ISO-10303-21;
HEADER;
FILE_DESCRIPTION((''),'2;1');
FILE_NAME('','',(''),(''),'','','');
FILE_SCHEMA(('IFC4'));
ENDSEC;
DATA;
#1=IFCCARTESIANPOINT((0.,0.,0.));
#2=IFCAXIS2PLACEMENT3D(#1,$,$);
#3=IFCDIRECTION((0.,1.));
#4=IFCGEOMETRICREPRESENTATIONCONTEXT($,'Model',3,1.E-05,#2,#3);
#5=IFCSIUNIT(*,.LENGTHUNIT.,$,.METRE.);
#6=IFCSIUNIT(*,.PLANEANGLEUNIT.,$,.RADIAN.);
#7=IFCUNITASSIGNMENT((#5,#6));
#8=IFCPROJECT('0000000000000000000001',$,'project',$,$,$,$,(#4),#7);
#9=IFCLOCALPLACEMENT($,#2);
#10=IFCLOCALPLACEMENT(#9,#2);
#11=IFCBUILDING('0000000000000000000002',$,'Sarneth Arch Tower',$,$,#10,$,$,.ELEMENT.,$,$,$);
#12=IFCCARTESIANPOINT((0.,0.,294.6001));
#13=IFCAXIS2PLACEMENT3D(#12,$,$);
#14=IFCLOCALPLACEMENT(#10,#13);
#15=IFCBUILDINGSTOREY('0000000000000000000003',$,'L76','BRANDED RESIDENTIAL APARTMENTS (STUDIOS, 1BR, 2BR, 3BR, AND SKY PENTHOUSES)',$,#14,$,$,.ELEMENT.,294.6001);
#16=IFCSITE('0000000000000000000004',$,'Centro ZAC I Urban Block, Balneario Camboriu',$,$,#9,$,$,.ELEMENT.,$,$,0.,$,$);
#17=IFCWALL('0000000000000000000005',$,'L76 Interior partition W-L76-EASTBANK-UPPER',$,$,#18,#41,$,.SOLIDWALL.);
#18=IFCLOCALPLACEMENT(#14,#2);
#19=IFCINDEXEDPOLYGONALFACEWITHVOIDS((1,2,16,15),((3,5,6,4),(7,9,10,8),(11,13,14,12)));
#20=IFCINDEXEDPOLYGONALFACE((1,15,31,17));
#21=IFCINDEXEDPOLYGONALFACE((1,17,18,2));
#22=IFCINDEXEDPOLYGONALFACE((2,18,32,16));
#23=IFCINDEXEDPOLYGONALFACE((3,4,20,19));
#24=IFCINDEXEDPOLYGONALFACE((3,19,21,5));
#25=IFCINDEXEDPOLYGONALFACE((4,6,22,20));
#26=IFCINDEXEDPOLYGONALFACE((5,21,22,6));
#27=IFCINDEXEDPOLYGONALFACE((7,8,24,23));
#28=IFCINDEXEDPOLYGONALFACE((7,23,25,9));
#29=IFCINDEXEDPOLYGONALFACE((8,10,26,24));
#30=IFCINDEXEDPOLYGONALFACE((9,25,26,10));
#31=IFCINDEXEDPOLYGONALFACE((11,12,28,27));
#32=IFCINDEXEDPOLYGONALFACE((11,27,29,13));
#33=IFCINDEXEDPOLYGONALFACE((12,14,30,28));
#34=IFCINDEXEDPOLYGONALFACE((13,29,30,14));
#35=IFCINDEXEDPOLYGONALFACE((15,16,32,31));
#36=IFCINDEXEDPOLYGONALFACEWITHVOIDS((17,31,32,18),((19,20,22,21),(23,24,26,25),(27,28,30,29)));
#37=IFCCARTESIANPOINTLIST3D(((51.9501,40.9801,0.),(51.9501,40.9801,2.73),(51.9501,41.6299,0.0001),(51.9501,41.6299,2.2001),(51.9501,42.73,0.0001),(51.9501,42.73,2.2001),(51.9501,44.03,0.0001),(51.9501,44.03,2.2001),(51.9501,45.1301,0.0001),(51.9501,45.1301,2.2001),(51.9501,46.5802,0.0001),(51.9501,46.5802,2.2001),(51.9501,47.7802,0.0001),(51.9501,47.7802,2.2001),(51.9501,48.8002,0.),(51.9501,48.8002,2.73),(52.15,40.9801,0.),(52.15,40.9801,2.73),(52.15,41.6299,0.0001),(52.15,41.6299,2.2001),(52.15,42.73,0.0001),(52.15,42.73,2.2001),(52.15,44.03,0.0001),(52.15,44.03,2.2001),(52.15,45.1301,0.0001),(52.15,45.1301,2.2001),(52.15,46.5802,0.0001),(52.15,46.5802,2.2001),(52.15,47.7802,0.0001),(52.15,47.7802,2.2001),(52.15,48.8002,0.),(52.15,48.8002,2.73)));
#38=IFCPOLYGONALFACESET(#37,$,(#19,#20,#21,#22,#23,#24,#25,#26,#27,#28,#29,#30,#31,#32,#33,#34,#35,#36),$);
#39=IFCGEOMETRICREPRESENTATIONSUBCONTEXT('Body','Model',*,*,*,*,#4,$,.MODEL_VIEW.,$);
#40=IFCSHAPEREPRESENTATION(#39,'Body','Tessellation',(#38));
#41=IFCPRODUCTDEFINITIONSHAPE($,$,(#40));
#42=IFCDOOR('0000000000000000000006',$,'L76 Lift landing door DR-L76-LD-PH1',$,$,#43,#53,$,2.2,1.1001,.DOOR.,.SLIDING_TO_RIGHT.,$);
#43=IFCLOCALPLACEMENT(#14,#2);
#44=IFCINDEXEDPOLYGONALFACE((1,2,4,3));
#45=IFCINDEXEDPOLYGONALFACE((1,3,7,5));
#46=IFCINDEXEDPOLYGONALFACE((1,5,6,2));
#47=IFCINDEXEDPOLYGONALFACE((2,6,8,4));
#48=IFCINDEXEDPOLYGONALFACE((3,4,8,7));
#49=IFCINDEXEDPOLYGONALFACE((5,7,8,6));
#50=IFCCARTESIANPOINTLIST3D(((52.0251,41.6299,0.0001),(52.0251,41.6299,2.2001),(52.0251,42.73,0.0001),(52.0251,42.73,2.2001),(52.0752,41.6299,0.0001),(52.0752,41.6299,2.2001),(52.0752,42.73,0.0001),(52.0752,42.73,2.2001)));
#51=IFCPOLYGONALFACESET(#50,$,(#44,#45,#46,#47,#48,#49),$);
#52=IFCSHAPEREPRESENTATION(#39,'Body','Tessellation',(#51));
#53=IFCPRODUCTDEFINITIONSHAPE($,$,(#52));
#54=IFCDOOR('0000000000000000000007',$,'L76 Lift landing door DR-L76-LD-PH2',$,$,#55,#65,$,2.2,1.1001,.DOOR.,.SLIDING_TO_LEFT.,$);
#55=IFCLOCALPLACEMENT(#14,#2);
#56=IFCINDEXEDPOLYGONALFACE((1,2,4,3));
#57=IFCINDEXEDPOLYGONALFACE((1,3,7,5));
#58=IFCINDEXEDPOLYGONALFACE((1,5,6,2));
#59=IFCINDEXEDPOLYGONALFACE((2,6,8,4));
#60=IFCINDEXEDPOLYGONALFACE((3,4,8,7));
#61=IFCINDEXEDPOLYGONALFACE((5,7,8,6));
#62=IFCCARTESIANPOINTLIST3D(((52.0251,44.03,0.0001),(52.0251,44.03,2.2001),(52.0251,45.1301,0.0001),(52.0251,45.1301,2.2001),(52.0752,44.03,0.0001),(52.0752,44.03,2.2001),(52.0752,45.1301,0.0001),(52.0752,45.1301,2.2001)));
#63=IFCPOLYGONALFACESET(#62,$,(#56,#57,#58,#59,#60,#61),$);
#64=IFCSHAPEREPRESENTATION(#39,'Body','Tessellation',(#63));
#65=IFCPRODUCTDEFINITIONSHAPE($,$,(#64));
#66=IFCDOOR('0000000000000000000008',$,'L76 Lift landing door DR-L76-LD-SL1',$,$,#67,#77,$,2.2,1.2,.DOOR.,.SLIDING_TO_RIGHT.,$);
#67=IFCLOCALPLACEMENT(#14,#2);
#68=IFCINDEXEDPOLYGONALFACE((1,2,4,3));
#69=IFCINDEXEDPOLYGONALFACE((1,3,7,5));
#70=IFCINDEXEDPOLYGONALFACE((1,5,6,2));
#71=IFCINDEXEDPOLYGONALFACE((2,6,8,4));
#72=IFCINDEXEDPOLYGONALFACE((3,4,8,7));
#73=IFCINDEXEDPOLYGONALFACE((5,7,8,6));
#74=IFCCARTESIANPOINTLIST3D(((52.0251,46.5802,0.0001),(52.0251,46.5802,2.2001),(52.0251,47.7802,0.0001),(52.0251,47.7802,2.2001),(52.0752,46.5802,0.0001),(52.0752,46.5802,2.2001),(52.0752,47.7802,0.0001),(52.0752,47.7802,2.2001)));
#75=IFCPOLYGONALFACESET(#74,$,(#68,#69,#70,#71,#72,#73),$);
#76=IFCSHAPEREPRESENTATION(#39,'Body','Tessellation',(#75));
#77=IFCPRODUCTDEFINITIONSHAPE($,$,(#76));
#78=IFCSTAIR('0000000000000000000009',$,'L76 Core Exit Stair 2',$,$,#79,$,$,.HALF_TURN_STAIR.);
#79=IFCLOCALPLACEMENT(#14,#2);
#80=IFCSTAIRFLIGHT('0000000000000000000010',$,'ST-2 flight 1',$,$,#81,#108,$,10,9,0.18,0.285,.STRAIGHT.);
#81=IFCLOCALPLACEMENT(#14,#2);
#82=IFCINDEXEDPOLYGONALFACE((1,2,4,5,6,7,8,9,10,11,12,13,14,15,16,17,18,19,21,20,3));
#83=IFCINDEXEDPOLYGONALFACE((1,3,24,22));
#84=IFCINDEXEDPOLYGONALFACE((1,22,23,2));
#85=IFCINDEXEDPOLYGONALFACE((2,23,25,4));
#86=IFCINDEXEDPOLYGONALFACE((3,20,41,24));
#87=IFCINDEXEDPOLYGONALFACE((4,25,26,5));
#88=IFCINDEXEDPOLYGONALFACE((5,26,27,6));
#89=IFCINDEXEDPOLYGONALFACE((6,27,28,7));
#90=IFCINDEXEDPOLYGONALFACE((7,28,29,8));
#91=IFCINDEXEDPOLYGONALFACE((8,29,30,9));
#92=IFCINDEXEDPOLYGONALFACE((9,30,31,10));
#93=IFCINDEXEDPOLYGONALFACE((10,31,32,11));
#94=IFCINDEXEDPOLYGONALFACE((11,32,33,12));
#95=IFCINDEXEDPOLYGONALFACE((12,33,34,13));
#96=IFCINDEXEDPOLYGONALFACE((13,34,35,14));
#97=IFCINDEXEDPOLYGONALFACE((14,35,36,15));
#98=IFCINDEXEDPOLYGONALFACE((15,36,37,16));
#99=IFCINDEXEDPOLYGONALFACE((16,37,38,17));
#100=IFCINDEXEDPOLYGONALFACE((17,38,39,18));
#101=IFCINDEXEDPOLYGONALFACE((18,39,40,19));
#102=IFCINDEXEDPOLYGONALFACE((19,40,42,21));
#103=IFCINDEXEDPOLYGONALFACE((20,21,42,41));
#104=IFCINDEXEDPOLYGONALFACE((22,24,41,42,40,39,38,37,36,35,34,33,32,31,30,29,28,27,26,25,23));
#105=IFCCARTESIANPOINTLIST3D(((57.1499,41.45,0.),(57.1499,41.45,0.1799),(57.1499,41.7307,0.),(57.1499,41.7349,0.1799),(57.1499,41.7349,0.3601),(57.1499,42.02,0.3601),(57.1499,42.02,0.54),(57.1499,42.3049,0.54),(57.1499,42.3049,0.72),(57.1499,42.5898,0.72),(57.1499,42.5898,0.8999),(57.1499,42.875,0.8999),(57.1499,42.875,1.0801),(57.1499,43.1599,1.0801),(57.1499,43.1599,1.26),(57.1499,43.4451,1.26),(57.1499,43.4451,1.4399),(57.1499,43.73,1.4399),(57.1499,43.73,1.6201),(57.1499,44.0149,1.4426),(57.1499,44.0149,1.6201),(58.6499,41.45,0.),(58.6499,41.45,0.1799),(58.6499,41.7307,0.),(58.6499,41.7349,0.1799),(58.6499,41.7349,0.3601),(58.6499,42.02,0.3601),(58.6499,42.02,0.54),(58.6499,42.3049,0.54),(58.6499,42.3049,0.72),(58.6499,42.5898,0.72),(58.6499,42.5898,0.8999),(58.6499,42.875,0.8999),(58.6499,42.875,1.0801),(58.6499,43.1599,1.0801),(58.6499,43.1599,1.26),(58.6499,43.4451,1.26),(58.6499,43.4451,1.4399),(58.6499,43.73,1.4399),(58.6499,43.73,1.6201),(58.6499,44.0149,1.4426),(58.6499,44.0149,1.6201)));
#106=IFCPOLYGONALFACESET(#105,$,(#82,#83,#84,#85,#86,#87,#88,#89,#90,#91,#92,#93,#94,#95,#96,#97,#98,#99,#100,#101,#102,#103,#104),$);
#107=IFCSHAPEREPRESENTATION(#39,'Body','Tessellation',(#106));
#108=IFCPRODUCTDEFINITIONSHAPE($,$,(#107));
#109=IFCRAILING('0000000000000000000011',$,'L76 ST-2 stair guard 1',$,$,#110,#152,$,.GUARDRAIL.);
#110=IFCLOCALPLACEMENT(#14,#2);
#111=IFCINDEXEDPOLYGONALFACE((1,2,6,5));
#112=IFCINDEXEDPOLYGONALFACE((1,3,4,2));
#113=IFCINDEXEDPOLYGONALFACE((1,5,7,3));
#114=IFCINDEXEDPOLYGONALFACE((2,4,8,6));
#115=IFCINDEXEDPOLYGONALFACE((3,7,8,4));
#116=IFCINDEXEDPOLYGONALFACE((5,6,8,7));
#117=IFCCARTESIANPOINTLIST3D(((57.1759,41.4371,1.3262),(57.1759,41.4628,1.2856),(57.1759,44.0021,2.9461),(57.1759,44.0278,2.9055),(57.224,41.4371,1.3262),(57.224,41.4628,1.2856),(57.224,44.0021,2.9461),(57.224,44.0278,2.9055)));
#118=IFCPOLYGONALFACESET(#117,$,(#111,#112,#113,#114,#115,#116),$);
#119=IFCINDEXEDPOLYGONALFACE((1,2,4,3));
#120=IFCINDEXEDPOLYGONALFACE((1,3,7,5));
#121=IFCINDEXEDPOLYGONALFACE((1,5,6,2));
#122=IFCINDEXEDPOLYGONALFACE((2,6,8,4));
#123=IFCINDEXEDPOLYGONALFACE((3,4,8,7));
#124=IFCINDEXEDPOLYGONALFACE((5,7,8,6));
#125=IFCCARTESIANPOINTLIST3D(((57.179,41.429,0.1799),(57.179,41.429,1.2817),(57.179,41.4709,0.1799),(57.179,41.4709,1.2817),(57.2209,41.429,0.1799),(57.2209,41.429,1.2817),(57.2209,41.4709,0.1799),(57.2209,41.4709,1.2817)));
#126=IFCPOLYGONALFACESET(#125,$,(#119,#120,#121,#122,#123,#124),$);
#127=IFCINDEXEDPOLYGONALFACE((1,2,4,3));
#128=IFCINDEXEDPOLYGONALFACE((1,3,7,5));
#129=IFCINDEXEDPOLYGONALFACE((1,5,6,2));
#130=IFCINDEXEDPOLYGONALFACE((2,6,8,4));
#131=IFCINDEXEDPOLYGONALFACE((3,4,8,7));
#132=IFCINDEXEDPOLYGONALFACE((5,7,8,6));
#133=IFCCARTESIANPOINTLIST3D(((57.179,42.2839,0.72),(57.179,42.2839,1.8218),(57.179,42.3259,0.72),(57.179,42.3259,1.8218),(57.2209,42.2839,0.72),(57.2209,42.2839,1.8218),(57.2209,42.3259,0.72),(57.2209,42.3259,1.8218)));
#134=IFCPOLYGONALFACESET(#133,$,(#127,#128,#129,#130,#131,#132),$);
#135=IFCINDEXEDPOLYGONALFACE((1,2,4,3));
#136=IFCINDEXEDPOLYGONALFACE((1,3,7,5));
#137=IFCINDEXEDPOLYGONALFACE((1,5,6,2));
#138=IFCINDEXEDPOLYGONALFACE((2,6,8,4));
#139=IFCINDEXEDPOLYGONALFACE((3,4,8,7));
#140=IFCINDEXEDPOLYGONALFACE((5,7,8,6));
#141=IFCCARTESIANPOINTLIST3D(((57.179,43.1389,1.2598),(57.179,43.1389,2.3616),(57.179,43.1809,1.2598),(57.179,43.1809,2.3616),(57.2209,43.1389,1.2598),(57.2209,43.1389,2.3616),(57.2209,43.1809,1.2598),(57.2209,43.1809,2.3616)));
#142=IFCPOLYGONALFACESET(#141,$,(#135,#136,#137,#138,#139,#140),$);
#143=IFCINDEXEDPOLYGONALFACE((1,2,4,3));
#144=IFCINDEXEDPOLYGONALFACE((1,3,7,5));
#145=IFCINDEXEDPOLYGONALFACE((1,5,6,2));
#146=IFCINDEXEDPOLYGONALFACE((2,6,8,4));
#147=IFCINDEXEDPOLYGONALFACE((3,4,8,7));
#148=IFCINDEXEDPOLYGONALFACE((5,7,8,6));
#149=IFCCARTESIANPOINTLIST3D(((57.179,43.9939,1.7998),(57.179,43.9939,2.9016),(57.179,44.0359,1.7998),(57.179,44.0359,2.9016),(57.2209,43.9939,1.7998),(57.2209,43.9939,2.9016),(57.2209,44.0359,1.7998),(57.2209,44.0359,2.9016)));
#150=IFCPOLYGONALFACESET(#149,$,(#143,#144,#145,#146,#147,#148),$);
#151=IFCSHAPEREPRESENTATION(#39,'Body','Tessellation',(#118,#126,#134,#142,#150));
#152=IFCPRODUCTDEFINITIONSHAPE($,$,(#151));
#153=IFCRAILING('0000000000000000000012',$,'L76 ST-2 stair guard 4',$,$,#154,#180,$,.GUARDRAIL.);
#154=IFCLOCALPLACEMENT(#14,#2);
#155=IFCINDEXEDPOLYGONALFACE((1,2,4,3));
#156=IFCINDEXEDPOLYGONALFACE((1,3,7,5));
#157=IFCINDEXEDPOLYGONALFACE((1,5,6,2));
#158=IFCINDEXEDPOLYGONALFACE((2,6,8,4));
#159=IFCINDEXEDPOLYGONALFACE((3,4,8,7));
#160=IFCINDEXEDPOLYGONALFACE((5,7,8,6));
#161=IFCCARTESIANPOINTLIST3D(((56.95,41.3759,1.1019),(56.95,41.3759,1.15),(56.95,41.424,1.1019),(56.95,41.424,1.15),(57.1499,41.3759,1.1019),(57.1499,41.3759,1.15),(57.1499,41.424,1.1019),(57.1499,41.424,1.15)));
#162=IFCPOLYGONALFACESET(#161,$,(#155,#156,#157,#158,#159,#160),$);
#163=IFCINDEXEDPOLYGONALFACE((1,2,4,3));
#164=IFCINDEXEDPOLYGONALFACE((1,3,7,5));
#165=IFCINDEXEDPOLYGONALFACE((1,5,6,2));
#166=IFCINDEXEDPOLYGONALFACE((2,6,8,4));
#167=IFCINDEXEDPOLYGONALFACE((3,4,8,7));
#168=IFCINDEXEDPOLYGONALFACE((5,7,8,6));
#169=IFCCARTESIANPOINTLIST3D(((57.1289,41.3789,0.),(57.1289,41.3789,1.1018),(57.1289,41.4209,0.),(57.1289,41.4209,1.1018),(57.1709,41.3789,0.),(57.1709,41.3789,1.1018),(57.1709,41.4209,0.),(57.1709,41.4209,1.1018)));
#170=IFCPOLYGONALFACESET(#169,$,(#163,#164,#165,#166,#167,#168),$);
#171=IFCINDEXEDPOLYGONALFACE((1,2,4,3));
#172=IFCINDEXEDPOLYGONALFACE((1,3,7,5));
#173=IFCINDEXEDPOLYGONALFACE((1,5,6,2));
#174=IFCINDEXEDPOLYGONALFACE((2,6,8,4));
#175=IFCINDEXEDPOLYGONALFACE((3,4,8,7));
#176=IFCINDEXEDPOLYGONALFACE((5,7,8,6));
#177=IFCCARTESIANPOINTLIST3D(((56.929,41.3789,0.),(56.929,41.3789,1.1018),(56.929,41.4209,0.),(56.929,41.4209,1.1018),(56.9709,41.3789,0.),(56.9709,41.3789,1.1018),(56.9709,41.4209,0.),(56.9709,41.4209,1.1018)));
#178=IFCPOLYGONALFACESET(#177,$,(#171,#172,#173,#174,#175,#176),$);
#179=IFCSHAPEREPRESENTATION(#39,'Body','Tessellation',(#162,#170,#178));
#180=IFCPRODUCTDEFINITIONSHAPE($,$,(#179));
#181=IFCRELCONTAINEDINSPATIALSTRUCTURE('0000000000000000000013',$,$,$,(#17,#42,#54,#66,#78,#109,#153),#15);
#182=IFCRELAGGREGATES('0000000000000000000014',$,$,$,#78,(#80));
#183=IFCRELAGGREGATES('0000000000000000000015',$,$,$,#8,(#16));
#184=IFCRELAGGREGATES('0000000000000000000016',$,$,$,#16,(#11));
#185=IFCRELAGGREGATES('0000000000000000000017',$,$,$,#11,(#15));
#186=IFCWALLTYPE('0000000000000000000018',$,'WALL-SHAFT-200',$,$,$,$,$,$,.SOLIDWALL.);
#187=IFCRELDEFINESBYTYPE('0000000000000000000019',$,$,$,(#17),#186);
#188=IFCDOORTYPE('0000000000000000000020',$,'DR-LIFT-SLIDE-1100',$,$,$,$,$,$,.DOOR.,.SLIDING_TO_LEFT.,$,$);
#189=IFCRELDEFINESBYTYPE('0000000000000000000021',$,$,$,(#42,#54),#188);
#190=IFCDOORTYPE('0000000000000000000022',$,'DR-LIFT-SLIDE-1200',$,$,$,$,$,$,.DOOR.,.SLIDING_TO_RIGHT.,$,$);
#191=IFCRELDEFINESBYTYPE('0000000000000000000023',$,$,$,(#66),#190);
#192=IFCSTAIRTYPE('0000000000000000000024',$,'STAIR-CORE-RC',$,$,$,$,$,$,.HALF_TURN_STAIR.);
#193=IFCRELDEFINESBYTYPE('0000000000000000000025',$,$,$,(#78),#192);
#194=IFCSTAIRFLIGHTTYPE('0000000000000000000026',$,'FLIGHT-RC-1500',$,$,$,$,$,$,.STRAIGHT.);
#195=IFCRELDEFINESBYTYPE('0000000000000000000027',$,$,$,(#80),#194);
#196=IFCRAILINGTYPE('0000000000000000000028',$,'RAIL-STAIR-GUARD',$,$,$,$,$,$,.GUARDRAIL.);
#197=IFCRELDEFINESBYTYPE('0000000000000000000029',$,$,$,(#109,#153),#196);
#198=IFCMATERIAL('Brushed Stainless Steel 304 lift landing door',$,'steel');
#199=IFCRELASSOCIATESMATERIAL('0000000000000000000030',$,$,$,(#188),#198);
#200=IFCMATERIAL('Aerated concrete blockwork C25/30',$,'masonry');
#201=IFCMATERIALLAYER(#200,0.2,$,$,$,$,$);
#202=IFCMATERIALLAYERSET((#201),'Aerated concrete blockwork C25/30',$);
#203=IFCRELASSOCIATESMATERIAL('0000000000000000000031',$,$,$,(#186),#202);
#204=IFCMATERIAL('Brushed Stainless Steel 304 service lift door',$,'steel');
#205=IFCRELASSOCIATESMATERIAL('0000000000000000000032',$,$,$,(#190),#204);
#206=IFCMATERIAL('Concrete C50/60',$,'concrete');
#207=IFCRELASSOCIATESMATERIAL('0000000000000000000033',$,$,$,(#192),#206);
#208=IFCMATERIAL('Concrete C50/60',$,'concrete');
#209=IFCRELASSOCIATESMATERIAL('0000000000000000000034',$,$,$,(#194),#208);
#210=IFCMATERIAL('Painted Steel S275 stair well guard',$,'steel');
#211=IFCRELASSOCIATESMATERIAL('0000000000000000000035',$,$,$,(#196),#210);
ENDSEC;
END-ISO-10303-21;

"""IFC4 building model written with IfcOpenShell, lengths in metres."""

from ifc_helpers import new_model, si_unit, direction, frame, frame_2d, origin, origin_2d, place, context, subcontext, project, spatial, polyline, rectangle, outline, extrude, material, layer, layer_set, type_object, element, fill, aggregate, save


model = new_model("IFC4")

# Units and contexts
model_context = context("Model", 3, precision=1e-05, world=origin(), true_north=direction((0.0, 1.0)))
body_context = subcontext(model_context, "Body", "Model", "MODEL_VIEW")
ifc_project = project(units=[si_unit("LENGTHUNIT", "METRE"), si_unit("PLANEANGLEUNIT", "RADIAN")], contexts=[model_context])

# Site, building, storey
site_placement = place(None, origin())
site = spatial("IfcSite", under=ifc_project, at=site_placement, Name="Centro ZAC I Urban Block, Balneario Camboriu", CompositionType="ELEMENT", RefElevation=0.0)
building_placement = place(site_placement, origin())
building = spatial("IfcBuilding", under=site, at=building_placement, Name="Sarneth Arch Tower", CompositionType="ELEMENT")
storey_placement = place(building_placement, frame((0.0, 0.0, 294.6001)))
storey = spatial("IfcBuildingStorey", under=building, at=storey_placement, Name="L76", Description="BRANDED RESIDENTIAL APARTMENTS (STUDIOS, 1BR, 2BR, 3BR, AND SKY PENTHOUSES)", CompositionType="ELEMENT", Elevation=294.6001)

# Shared definitions
ifc_material_1 = material(Name="Brushed Stainless Steel 304 lift landing door", Category="steel")
door_type_1 = type_object("IfcDoorType", Name="DR-LIFT-SLIDE-1100", OperationType="SLIDING_TO_LEFT", PredefinedType="DOOR", material=ifc_material_1)

# Shared definitions
ifc_material_2 = material(Name="Aerated concrete blockwork C25/30", Category="masonry")
ifc_layer_1 = layer(ifc_material_2, 0.2)
ifc_layer_set_1 = layer_set([ifc_layer_1], Name="Aerated concrete blockwork C25/30")
wall_type_1 = type_object("IfcWallType", Name="WALL-SHAFT-200", PredefinedType="SOLIDWALL", material=ifc_layer_set_1)

# Wall, openings, doors
wall_1_placement = place(storey_placement, frame((52.05, 40.98, 0.0), z_axis=(0.0, 0.0, 1.0), x_axis=(0.0, 1.0, 0.0)))
wall_1 = element("IfcWall", 1, at=wall_1_placement, inside=storey, type_object=wall_type_1, Name="L76 Interior partition W-L76-EASTBANK-UPPER", PredefinedType="SOLIDWALL", context=body_context, shape_type="SweptSolid", body=[
    extrude(rectangle(XDim=7.8201, YDim=0.2, at=frame_2d((3.9102, 0.0))), origin(), (0.0, 0.0, 1.0), 2.73),
])
opening_1_placement = place(wall_1_placement, frame((0.6499, 0.0, 0.0)))
opening_1 = element("IfcOpeningElement", 2, at=opening_1_placement, cuts=wall_1, PredefinedType="OPENING", context=body_context, shape_type="SweptSolid", body=[
    extrude(rectangle(XDim=1.1001, YDim=2.2, at=frame_2d((0.55, 1.1001))), frame((0.0, 0.1099, 0.0), z_axis=(0.0, -1.0, 0.0), x_axis=(1.0, 0.0, 0.0)), (0.0, 0.0, 1.0), 0.22),
])
opening_2_placement = place(wall_1_placement, frame((3.05, 0.0, 0.0)))
opening_2 = element("IfcOpeningElement", 3, at=opening_2_placement, cuts=wall_1, PredefinedType="OPENING", context=body_context, shape_type="SweptSolid", body=[
    extrude(rectangle(XDim=1.1001, YDim=2.2, at=frame_2d((0.55, 1.1001))), frame((0.0, 0.1099, 0.0), z_axis=(0.0, -1.0, 0.0), x_axis=(1.0, 0.0, 0.0)), (0.0, 0.0, 1.0), 0.22),
])
opening_3_placement = place(wall_1_placement, frame((5.6001, 0.0, 0.0)))
opening_3 = element("IfcOpeningElement", 4, at=opening_3_placement, cuts=wall_1, PredefinedType="OPENING", context=body_context, shape_type="SweptSolid", body=[
    extrude(rectangle(XDim=1.2, YDim=2.2, at=frame_2d((0.6001, 1.1001))), frame((0.0, 0.1099, 0.0), z_axis=(0.0, -1.0, 0.0), x_axis=(1.0, 0.0, 0.0)), (0.0, 0.0, 1.0), 0.22),
])
door_1_placement = place(opening_1_placement, origin())
door_1 = element("IfcDoor", 5, at=door_1_placement, inside=storey, type_object=door_type_1, Name="L76 Lift landing door DR-L76-LD-PH1", OperationType="SLIDING_TO_RIGHT", OverallHeight=2.2, OverallWidth=1.1001, PredefinedType="DOOR", context=body_context, shape_type="SweptSolid", body=[
    extrude(rectangle(XDim=1.1001, YDim=2.2, at=frame_2d((0.55, 1.1001))), frame((0.0, 0.0249, 0.0), z_axis=(0.0, -1.0, 0.0), x_axis=(1.0, 0.0, 0.0)), (0.0, 0.0, 1.0), 0.05),
])
fill(opening_1, door_1)
door_2_placement = place(opening_2_placement, origin())
door_2 = element("IfcDoor", 6, at=door_2_placement, inside=storey, type_object=door_type_1, Name="L76 Lift landing door DR-L76-LD-PH2", OperationType="SLIDING_TO_LEFT", OverallHeight=2.2, OverallWidth=1.1001, PredefinedType="DOOR", context=body_context, shape_type="SweptSolid", body=[
    extrude(rectangle(XDim=1.1001, YDim=2.2, at=frame_2d((0.55, 1.1001))), frame((0.0, 0.0249, 0.0), z_axis=(0.0, -1.0, 0.0), x_axis=(1.0, 0.0, 0.0)), (0.0, 0.0, 1.0), 0.05),
])
fill(opening_2, door_2)
ifc_material_3 = material(Name="Brushed Stainless Steel 304 service lift door", Category="steel")
door_type_2 = type_object("IfcDoorType", Name="DR-LIFT-SLIDE-1200", OperationType="SLIDING_TO_RIGHT", PredefinedType="DOOR", material=ifc_material_3)
door_3_placement = place(opening_3_placement, origin())
door_3 = element("IfcDoor", 7, at=door_3_placement, inside=storey, type_object=door_type_2, Name="L76 Lift landing door DR-L76-LD-SL1", OperationType="SLIDING_TO_RIGHT", OverallHeight=2.2, OverallWidth=1.2, PredefinedType="DOOR", context=body_context, shape_type="SweptSolid", body=[
    extrude(rectangle(XDim=1.2, YDim=2.2, at=frame_2d((0.6001, 1.1001))), frame((0.0, 0.0249, 0.0), z_axis=(0.0, -1.0, 0.0), x_axis=(1.0, 0.0, 0.0)), (0.0, 0.0, 1.0), 0.05),
])
fill(opening_3, door_3)

# Stair, stair flight
ifc_material_4 = material(Name="Concrete C50/60", Category="concrete")
stair_type = type_object("IfcStairType", Name="STAIR-CORE-RC", PredefinedType="HALF_TURN_STAIR", material=ifc_material_4)
stair_placement = place(storey_placement, origin())
stair = element("IfcStair", 8, at=stair_placement, inside=storey, type_object=stair_type, Name="L76 Core Exit Stair 2", PredefinedType="HALF_TURN_STAIR")
ifc_material_5 = material(Name="Concrete C50/60", Category="concrete")
stair_flight_type = type_object("IfcStairFlightType", Name="FLIGHT-RC-1500", PredefinedType="STRAIGHT", material=ifc_material_5)
stair_flight_placement = place(storey_placement, frame((57.8999, 41.45, 0.0), z_axis=(0.0, 0.0, 1.0), x_axis=(0.0, 1.0, 0.0)))
stair_flight = element("IfcStairFlight", 9, at=stair_flight_placement, type_object=stair_flight_type, Name="ST-2 flight 1", NumberOfRisers=10, NumberOfTreads=9, PredefinedType="STRAIGHT", RiserHeight=0.18, TreadLength=0.285, context=body_context, shape_type="SweptSolid", body=[
    extrude(outline(polyline([(0.0, 0.0), (0.0, 0.1799), (0.2849, 0.1799), (0.2849, 0.3601), (0.5701, 0.3601), (0.5701, 0.54), (0.855, 0.54), (0.855, 0.72), (1.1399, 0.72), (1.1399, 0.8999), (1.425, 0.8999), (1.425, 1.0801), (1.71, 1.0801), (1.71, 1.26), (1.9951, 1.26), (1.9951, 1.4399), (2.28, 1.4399), (2.28, 1.6201), (2.5649, 1.6201), (2.5649, 1.8), (2.5649, 1.4426), (0.2808, 0.0), (0.0, 0.0)])), frame((0.0, 0.75, 0.0), z_axis=(0.0, -1.0, 0.0), x_axis=(1.0, 0.0, 0.0)), (0.0, 0.0, 1.0), 1.5),
])
aggregate(stair, [stair_flight])

# Railings
ifc_material_6 = material(Name="Painted Steel S275 stair well guard", Category="steel")
railing_type = type_object("IfcRailingType", Name="RAIL-STAIR-GUARD", PredefinedType="GUARDRAIL", material=ifc_material_6)
railing_1_placement = place(storey_placement, frame((57.2, 41.45, 0.1799)))
element("IfcRailing", 10, at=railing_1_placement, inside=storey, type_object=railing_type, Name="L76 ST-2 stair guard 1", PredefinedType="GUARDRAIL", context=body_context, shape_type="SweptSolid", body=[
    extrude(rectangle(XDim=0.0481, YDim=0.0481, at=origin_2d()), frame((0.0, 0.0, 1.126), z_axis=(0.0, 0.845502, 0.533972), x_axis=(-1.0, 0.0, 0.0)), (0.0, 0.0, 1.0), 3.0337),
    extrude(rectangle(XDim=0.042, YDim=0.042, at=origin_2d()), origin(), (0.0, 0.0, 1.0), 1.1018),
    extrude(rectangle(XDim=0.042, YDim=0.042, at=origin_2d()), frame((0.0, 0.855, 0.54)), (0.0, 0.0, 1.0), 1.1018),
    extrude(rectangle(XDim=0.042, YDim=0.042, at=origin_2d()), frame((0.0, 1.71, 1.0798)), (0.0, 0.0, 1.0), 1.1018),
    extrude(rectangle(XDim=0.042, YDim=0.042, at=origin_2d()), frame((0.0, 2.5649, 1.6199)), (0.0, 0.0, 1.0), 1.1018),
])
railing_2_placement = place(storey_placement, frame((57.1499, 41.3999, 0.0)))
element("IfcRailing", 11, at=railing_2_placement, inside=storey, type_object=railing_type, Name="L76 ST-2 stair guard 4", PredefinedType="GUARDRAIL", context=body_context, shape_type="SweptSolid", body=[
    extrude(rectangle(XDim=0.0481, YDim=0.0481, at=origin_2d()), frame((0.0, 0.0, 1.126), z_axis=(-1.0, 0.0, 0.0), x_axis=(0.0, -1.0, 0.0)), (0.0, 0.0, 1.0), 0.2),
    extrude(rectangle(XDim=0.042, YDim=0.042, at=origin_2d()), origin(), (0.0, 0.0, 1.0), 1.1018),
    extrude(rectangle(XDim=0.042, YDim=0.042, at=origin_2d()), frame((-0.2, 0.0, 0.0)), (0.0, 0.0, 1.0), 1.1018),
])

save(model, "model.ifc")
